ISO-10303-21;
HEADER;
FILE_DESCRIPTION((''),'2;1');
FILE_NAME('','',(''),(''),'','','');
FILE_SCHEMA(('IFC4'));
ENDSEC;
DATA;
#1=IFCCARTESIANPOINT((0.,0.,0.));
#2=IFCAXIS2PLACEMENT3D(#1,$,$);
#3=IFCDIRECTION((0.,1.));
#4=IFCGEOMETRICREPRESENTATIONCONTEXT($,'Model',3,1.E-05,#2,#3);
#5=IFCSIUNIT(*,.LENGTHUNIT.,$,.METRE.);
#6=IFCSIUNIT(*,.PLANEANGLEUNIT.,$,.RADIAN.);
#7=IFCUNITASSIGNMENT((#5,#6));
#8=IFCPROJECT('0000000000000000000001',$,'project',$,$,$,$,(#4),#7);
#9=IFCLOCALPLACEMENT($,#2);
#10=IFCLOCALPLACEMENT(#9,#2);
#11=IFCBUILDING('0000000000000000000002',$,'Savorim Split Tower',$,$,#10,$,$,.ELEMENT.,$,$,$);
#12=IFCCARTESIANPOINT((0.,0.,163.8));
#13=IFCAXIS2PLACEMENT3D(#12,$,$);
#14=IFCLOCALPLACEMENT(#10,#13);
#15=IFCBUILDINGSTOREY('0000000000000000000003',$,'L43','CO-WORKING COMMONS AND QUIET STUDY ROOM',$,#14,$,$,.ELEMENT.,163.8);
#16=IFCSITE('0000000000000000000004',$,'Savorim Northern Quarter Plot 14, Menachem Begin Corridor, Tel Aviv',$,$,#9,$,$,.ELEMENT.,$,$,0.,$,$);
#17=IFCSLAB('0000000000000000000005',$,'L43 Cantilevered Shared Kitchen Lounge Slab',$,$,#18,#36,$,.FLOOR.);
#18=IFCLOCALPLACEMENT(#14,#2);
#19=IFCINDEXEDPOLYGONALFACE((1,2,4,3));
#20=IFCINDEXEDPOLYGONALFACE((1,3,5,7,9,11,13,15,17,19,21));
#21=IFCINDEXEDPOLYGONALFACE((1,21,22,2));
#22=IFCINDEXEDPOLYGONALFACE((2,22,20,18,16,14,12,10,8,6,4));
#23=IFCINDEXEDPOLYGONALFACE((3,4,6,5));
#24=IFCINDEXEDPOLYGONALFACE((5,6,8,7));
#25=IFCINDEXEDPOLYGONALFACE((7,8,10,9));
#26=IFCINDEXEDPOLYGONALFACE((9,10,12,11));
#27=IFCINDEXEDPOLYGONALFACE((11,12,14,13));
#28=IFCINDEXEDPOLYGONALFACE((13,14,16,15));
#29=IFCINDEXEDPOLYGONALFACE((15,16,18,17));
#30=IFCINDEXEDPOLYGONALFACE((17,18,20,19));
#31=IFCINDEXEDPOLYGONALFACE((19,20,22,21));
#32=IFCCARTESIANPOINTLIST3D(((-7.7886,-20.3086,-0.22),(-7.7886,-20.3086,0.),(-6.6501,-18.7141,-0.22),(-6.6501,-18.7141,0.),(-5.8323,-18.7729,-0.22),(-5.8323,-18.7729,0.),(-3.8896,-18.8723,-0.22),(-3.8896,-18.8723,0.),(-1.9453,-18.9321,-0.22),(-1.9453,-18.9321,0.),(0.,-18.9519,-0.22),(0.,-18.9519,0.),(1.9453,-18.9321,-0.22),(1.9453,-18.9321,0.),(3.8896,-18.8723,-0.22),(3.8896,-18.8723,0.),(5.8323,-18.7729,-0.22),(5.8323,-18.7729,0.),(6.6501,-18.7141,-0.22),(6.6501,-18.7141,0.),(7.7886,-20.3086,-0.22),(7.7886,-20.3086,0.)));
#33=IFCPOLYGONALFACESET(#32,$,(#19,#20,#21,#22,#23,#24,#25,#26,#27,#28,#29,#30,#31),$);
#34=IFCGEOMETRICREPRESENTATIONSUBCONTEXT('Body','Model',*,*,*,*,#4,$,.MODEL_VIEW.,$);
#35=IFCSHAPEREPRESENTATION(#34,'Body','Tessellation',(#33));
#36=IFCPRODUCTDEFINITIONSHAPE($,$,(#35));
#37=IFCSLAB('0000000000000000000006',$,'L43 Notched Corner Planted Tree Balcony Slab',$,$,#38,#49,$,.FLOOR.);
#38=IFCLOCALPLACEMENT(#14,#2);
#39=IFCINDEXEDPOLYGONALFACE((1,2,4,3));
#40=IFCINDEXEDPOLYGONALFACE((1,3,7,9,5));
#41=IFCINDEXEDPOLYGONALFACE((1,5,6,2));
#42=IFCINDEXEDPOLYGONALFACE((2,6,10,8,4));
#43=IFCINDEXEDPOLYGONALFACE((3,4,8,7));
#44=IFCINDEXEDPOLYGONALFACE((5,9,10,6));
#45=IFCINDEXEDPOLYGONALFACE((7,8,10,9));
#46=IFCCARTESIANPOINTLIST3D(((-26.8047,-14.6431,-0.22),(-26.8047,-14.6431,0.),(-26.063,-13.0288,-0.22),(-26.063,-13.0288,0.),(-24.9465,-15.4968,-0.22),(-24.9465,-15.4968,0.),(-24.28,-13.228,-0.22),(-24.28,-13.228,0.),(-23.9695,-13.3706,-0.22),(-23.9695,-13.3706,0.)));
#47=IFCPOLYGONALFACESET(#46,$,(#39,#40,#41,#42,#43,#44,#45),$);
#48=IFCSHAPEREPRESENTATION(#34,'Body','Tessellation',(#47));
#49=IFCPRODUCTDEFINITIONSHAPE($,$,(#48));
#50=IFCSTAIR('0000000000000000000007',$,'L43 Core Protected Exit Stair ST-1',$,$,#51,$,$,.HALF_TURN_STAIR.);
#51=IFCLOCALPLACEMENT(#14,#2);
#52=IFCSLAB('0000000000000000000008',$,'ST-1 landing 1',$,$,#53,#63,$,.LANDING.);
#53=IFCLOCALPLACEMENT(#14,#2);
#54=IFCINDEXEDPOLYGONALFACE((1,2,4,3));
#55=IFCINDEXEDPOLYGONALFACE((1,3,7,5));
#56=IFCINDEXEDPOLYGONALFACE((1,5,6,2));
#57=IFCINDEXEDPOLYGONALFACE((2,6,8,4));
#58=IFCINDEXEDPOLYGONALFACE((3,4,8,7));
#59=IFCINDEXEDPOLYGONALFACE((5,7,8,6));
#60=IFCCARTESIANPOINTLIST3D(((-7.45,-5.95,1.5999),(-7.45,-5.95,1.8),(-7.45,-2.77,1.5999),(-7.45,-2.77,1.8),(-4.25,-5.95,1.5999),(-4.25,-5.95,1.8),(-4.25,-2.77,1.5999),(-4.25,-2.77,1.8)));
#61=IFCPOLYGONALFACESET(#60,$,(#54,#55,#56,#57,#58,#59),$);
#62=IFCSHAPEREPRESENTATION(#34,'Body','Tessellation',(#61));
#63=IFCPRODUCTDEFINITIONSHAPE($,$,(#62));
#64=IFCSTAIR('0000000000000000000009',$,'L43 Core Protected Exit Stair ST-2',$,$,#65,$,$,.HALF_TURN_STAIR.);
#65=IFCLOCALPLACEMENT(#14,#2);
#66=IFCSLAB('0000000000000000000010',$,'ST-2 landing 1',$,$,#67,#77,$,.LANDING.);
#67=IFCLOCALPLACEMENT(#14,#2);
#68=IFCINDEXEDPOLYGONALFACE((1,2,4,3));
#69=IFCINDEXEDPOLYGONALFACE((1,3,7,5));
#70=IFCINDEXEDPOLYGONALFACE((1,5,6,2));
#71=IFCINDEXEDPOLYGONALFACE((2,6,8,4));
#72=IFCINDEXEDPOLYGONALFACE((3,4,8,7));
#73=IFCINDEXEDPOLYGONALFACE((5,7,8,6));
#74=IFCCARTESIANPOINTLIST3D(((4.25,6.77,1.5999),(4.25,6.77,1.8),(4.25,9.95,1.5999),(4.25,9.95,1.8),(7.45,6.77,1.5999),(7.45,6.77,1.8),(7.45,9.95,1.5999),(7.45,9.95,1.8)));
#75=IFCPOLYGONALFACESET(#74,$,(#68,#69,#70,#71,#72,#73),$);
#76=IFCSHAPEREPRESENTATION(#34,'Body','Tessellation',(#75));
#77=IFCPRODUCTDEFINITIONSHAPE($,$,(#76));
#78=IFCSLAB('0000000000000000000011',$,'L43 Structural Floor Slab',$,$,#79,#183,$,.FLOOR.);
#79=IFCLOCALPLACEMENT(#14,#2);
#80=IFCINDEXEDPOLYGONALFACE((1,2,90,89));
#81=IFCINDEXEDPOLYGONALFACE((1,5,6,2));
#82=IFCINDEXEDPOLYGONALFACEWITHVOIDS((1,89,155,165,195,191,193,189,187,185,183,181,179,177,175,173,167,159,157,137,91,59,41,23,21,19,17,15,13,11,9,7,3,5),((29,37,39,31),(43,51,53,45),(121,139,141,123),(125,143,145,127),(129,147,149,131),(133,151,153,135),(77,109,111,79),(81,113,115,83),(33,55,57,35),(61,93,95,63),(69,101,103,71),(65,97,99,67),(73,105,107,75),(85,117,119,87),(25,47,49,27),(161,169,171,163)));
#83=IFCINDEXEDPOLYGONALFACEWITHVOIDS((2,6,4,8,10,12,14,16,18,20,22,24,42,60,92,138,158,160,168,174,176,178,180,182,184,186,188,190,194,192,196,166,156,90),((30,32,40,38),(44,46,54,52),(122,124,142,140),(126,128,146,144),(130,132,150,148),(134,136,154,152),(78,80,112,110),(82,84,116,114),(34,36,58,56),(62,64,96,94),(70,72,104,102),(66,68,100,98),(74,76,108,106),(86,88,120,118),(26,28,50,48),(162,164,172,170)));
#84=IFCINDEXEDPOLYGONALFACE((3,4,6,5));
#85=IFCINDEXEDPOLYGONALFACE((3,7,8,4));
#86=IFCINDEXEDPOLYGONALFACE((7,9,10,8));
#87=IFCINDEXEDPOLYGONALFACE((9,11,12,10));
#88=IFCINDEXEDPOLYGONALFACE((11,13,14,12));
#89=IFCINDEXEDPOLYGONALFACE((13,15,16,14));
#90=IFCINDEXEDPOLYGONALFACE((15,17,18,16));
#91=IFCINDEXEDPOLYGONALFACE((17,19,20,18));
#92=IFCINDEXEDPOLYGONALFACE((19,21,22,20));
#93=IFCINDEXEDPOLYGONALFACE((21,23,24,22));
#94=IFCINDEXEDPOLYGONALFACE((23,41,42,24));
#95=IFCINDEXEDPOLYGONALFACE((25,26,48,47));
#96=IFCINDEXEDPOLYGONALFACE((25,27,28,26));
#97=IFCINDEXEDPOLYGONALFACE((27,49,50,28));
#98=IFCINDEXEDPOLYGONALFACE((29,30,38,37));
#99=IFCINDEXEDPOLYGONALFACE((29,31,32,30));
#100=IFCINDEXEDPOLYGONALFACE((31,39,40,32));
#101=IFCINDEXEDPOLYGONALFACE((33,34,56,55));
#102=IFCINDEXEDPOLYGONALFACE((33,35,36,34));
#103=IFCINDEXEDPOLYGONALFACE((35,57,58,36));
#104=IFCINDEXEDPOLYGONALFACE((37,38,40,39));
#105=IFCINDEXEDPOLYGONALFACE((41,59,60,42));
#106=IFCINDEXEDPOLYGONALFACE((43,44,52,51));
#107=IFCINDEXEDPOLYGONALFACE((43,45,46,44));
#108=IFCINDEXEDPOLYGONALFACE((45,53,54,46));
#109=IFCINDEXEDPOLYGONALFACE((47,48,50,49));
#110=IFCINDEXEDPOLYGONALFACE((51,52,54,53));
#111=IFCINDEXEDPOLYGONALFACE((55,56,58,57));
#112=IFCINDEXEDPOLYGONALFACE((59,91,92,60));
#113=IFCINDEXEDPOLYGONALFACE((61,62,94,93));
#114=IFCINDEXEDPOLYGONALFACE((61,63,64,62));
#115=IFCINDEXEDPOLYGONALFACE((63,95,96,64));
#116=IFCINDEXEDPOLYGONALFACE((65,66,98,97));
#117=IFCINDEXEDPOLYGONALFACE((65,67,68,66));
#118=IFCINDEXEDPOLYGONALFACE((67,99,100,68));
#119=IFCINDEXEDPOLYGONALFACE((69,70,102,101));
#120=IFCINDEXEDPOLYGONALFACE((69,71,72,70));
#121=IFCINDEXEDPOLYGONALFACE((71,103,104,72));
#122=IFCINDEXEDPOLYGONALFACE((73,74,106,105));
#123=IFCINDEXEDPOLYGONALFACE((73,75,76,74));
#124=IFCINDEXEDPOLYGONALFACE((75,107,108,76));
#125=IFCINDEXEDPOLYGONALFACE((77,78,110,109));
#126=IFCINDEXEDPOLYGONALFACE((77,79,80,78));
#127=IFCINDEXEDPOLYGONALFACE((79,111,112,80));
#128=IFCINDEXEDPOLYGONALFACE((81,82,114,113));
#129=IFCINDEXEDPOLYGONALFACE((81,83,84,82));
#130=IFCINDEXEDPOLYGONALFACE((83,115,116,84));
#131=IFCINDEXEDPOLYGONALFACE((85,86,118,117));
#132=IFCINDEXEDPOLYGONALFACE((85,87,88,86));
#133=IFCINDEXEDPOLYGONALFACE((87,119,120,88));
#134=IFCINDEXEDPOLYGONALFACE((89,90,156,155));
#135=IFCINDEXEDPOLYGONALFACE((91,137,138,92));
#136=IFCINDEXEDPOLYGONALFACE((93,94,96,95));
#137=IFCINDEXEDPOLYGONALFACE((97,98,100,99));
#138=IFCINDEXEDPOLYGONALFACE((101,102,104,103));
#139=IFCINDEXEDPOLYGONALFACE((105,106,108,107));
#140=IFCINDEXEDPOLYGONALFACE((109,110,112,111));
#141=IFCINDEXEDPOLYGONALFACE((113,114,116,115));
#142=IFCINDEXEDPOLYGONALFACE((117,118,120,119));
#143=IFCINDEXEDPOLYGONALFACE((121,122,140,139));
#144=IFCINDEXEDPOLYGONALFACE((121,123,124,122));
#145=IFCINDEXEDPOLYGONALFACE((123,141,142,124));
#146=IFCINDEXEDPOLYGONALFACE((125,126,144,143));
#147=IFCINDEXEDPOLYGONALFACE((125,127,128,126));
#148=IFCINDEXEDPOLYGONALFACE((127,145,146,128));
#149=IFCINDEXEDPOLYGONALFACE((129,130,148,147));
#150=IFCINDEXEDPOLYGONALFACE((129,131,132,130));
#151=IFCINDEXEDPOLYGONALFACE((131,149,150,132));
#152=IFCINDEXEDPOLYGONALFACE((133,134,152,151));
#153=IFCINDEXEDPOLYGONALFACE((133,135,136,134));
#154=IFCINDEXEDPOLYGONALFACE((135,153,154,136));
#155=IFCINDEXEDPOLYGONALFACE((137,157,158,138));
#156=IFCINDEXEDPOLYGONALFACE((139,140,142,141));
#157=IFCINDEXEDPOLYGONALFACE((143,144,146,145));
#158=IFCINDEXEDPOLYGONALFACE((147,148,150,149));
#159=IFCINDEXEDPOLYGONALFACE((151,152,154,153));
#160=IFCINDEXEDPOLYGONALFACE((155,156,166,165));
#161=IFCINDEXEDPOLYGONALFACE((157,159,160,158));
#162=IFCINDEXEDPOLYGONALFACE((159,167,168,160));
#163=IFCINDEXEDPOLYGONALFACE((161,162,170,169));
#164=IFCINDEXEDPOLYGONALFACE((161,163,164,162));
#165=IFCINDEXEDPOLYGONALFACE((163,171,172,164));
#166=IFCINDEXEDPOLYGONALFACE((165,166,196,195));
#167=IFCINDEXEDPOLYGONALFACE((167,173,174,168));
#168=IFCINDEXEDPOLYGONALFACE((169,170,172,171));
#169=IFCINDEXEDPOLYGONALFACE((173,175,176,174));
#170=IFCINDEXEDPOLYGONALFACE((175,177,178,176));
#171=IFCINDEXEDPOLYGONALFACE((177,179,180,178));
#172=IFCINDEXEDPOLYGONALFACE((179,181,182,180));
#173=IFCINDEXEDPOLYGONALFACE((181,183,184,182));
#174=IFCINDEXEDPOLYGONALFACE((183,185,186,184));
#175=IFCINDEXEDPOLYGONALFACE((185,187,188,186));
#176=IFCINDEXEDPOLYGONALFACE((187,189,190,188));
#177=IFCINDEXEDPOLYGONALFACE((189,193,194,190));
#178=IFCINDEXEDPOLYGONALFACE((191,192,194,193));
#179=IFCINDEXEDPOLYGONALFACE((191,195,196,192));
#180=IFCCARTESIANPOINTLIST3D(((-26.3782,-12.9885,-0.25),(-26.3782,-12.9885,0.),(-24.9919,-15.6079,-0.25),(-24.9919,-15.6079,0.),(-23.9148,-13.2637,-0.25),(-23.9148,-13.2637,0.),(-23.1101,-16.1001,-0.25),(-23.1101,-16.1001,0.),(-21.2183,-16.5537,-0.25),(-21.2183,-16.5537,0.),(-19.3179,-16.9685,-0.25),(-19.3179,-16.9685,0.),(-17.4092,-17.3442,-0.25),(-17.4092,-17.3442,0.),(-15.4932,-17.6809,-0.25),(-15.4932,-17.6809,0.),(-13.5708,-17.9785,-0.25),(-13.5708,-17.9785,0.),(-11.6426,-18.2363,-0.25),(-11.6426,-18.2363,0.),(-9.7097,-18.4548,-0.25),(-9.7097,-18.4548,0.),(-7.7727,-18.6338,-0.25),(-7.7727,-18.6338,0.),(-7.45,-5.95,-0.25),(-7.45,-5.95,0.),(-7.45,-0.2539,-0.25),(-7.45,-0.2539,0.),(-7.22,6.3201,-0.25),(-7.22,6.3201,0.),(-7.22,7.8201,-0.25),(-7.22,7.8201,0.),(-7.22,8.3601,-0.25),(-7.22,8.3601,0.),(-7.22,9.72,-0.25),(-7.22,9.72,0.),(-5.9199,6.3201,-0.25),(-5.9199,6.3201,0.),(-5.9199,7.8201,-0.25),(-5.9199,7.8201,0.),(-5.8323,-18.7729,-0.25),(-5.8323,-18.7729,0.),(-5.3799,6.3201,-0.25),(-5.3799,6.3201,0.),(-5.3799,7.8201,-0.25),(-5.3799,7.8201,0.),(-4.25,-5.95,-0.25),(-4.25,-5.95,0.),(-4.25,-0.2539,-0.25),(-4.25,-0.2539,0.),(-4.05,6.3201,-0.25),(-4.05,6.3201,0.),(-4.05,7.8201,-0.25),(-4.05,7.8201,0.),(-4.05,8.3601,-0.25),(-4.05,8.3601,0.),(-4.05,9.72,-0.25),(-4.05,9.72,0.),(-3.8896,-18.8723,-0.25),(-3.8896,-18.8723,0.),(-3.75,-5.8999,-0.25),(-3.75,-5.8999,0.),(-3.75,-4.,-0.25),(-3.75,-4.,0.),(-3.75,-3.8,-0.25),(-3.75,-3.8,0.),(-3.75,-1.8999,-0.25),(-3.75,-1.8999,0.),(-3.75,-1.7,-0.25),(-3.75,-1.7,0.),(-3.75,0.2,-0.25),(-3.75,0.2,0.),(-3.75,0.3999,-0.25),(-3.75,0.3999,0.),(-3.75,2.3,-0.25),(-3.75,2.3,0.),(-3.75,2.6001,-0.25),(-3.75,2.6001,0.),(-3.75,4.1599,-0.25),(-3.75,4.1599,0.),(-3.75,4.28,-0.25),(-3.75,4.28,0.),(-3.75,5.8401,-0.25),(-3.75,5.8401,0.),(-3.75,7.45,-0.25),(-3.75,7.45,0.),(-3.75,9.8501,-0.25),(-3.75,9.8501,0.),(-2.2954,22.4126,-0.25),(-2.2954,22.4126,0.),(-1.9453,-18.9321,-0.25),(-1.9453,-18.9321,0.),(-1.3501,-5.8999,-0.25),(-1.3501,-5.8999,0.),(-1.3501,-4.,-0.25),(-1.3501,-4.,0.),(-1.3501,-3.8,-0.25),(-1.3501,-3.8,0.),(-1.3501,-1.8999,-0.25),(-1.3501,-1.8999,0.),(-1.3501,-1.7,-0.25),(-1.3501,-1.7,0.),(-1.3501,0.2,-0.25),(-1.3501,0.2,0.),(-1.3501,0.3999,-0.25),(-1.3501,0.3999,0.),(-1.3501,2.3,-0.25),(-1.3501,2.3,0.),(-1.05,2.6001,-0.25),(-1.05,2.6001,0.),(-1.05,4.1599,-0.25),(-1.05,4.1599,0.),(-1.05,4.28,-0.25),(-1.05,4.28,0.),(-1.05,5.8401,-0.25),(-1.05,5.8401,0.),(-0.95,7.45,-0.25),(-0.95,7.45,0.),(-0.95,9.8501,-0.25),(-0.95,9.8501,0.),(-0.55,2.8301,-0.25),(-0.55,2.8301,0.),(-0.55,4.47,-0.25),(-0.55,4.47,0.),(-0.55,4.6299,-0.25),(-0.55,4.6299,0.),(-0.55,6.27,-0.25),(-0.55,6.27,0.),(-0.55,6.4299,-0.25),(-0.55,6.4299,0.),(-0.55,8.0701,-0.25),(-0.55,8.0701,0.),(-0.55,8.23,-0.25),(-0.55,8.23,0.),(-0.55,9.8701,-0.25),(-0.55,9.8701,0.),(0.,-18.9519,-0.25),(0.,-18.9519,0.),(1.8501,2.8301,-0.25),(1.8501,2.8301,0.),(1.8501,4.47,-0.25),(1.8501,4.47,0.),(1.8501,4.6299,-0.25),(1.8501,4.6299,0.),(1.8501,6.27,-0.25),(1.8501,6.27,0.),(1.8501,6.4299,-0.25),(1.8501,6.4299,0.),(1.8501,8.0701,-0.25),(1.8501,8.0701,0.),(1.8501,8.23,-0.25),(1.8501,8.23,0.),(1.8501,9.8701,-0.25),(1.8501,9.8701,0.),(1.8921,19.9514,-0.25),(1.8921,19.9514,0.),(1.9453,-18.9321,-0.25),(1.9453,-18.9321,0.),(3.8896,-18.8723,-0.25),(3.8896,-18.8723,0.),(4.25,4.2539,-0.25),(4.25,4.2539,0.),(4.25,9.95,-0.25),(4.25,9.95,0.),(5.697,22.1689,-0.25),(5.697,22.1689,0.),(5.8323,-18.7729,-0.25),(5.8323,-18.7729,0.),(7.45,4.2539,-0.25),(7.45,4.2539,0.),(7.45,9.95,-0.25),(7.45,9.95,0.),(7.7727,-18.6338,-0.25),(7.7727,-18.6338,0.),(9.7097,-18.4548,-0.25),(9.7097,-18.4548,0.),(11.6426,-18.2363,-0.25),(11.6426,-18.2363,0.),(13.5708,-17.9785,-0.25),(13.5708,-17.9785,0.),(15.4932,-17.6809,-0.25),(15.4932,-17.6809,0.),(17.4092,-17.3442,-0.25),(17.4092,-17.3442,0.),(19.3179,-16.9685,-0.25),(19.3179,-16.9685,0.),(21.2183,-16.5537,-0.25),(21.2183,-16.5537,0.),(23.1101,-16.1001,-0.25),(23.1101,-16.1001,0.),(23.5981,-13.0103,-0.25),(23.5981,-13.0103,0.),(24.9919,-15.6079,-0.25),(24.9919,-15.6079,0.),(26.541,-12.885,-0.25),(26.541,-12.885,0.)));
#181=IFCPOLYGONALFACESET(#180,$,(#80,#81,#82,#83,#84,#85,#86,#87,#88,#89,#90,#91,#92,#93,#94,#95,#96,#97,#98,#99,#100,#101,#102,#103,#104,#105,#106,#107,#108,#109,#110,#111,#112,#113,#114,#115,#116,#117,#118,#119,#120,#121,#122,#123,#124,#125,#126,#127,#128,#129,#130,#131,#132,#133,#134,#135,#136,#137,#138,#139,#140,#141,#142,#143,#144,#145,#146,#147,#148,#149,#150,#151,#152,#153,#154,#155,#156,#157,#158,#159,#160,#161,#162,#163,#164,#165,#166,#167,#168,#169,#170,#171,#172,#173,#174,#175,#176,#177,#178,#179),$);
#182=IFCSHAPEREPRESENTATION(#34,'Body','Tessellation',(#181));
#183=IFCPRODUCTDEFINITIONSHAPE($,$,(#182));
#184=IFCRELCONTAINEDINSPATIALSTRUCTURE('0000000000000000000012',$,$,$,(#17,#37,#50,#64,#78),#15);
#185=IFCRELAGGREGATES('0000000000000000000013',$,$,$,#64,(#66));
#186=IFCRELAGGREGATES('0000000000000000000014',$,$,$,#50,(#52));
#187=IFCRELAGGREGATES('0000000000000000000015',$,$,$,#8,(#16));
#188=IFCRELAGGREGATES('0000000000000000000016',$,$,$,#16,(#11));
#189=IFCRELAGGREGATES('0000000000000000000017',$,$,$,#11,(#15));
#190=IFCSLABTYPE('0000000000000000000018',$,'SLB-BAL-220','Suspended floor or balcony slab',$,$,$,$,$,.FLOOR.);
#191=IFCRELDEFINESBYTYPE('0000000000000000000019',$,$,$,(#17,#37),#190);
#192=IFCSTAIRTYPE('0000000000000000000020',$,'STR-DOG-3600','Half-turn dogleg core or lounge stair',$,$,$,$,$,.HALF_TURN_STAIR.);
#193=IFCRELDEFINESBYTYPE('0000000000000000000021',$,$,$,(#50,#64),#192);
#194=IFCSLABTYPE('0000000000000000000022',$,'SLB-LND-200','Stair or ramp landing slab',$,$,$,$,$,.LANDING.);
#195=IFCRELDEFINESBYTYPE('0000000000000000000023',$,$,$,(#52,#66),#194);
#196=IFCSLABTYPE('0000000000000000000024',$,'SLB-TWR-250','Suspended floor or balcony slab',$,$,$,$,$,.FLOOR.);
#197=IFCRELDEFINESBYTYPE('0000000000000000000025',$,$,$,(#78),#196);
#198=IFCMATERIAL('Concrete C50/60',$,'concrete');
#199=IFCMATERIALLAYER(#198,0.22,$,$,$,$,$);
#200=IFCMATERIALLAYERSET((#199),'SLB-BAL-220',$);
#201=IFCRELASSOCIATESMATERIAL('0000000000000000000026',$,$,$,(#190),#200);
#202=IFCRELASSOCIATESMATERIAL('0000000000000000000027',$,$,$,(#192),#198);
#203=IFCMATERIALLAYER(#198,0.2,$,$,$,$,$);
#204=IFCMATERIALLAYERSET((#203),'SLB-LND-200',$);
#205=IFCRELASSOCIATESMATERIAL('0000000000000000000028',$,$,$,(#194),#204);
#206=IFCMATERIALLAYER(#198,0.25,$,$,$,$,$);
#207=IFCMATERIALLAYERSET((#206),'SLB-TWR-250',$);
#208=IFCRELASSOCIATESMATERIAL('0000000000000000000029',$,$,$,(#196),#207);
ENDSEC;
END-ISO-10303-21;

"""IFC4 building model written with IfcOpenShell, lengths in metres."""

from ifc_helpers import new_model, si_unit, direction, frame, origin, place, context, subcontext, project, spatial, polyline, outline, extrude, material, layer, layer_set, type_object, element, aggregate, save


model = new_model("IFC4")

# Units and contexts
model_context = context("Model", 3, precision=1e-05, world=origin(), true_north=direction((0.0, 1.0)))
body_context = subcontext(model_context, "Body", "Model", "MODEL_VIEW")
ifc_project = project(units=[si_unit("LENGTHUNIT", "METRE"), si_unit("PLANEANGLEUNIT", "RADIAN")], contexts=[model_context])

# Site, building, storey
site_placement = place(None, origin())
site = spatial("IfcSite", under=ifc_project, at=site_placement, Name="Savorim Northern Quarter Plot 14, Menachem Begin Corridor, Tel Aviv", CompositionType="ELEMENT", RefElevation=0.0)
building_placement = place(site_placement, origin())
building = spatial("IfcBuilding", under=site, at=building_placement, Name="Savorim Split Tower", CompositionType="ELEMENT")
storey_placement = place(building_placement, frame((0.0, 0.0, 163.8)))
storey = spatial("IfcBuildingStorey", under=building, at=storey_placement, Name="L43", Description="CO-WORKING COMMONS AND QUIET STUDY ROOM", CompositionType="ELEMENT", Elevation=163.8)

# Slabs
ifc_material_1 = material(Name="Concrete C50/60", Category="concrete")
ifc_layer_1 = layer(ifc_material_1, 0.22)
ifc_layer_set_1 = layer_set([ifc_layer_1], Name="SLB-BAL-220")
slab_type_1 = type_object("IfcSlabType", Name="SLB-BAL-220", Description="Suspended floor or balcony slab", PredefinedType="FLOOR", material=ifc_layer_set_1)
slab_1_placement = place(storey_placement, frame((0.0, 0.0, -0.22)))
element("IfcSlab", 1, at=slab_1_placement, inside=storey, type_object=slab_type_1, Name="L43 Cantilevered Shared Kitchen Lounge Slab", PredefinedType="FLOOR", context=body_context, shape_type="SweptSolid", body=[
    extrude(outline(polyline([(6.6501, -18.7141), (5.8323, -18.7729), (3.8896, -18.8723), (1.9453, -18.9321), (0.0, -18.9519), (-1.9453, -18.9321), (-3.8896, -18.8723), (-5.8323, -18.7729), (-6.6501, -18.7141), (-7.7886, -20.3086), (7.7886, -20.3086), (6.6501, -18.7141)])), origin(), (0.0, 0.0, 1.0), 0.22),
])
slab_2_placement = place(storey_placement, frame((0.0, 0.0, -0.22)))
element("IfcSlab", 2, at=slab_2_placement, inside=storey, type_object=slab_type_1, Name="L43 Notched Corner Planted Tree Balcony Slab", PredefinedType="FLOOR", context=body_context, shape_type="SweptSolid", body=[
    extrude(outline(polyline([(-24.9465, -15.4968), (-23.9695, -13.3706), (-24.28, -13.228), (-26.063, -13.0288), (-26.8047, -14.6431), (-24.9465, -15.4968)])), origin(), (0.0, 0.0, 1.0), 0.22),
])

# Stairs, slabs
stair_type = type_object("IfcStairType", Name="STR-DOG-3600", Description="Half-turn dogleg core or lounge stair", PredefinedType="HALF_TURN_STAIR", material=ifc_material_1)
stair_1_placement = place(storey_placement, origin())
stair_1 = element("IfcStair", 3, at=stair_1_placement, inside=storey, type_object=stair_type, Name="L43 Core Protected Exit Stair ST-1", PredefinedType="HALF_TURN_STAIR")
ifc_layer_2 = layer(ifc_material_1, 0.2)
ifc_layer_set_2 = layer_set([ifc_layer_2], Name="SLB-LND-200")
slab_type_2 = type_object("IfcSlabType", Name="SLB-LND-200", Description="Stair or ramp landing slab", PredefinedType="LANDING", material=ifc_layer_set_2)
slab_3_placement = place(storey_placement, frame((0.0, 0.0, 1.5999)))
slab_3 = element("IfcSlab", 4, at=slab_3_placement, type_object=slab_type_2, Name="ST-1 landing 1", PredefinedType="LANDING", context=body_context, shape_type="SweptSolid", body=[
    extrude(outline(polyline([(-7.45, -2.77), (-7.45, -5.95), (-4.25, -5.95), (-4.25, -2.77), (-7.45, -2.77)])), origin(), (0.0, 0.0, 1.0), 0.2002),
])
stair_2_placement = place(storey_placement, origin())
stair_2 = element("IfcStair", 5, at=stair_2_placement, inside=storey, type_object=stair_type, Name="L43 Core Protected Exit Stair ST-2", PredefinedType="HALF_TURN_STAIR")
slab_4_placement = place(storey_placement, frame((0.0, 0.0, 1.5999)))
slab_4 = element("IfcSlab", 6, at=slab_4_placement, type_object=slab_type_2, Name="ST-2 landing 1", PredefinedType="LANDING", context=body_context, shape_type="SweptSolid", body=[
    extrude(outline(polyline([(7.45, 6.77), (7.45, 9.95), (4.25, 9.95), (4.25, 6.77), (7.45, 6.77)])), origin(), (0.0, 0.0, 1.0), 0.2002),
])
aggregate(stair_2, [slab_4])

# Slab
ifc_layer_3 = layer(ifc_material_1, 0.25)
ifc_layer_set_3 = layer_set([ifc_layer_3], Name="SLB-TWR-250")
slab_type_3 = type_object("IfcSlabType", Name="SLB-TWR-250", Description="Suspended floor or balcony slab", PredefinedType="FLOOR", material=ifc_layer_set_3)
slab_5_placement = place(storey_placement, frame((0.0, 0.0, -0.25)))
element("IfcSlab", 7, at=slab_5_placement, inside=storey, type_object=slab_type_3, Name="L43 Structural Floor Slab", PredefinedType="FLOOR", context=body_context, shape_type="SweptSolid", body=[
    extrude(outline(polyline([(-24.9919, -15.6079), (-23.1101, -16.1001), (-21.2183, -16.5537), (-19.3179, -16.9685), (-17.4092, -17.3442), (-15.4932, -17.6809), (-13.5708, -17.9785), (-11.6426, -18.2363), (-9.7097, -18.4548), (-7.7727, -18.6338), (-5.8323, -18.7729), (-3.8896, -18.8723), (-1.9453, -18.9321), (0.0, -18.9519), (1.9453, -18.9321), (3.8896, -18.8723), (5.8323, -18.7729), (7.7727, -18.6338), (9.7097, -18.4548), (11.6426, -18.2363), (13.5708, -17.9785), (15.4932, -17.6809), (17.4092, -17.3442), (19.3179, -16.9685), (21.2183, -16.5537), (23.1101, -16.1001), (24.9919, -15.6079), (23.5981, -13.0103), (26.541, -12.885), (5.697, 22.1689), (1.8921, 19.9514), (-2.2954, 22.4126), (-26.3782, -12.9885), (-23.9148, -13.2637), (-24.9919, -15.6079)]), holes=[polyline([(-7.45, -0.2539), (-7.45, -5.95), (-4.25, -5.95), (-4.25, -0.2539), (-7.45, -0.2539)]), polyline([(7.45, 4.2539), (7.45, 9.95), (4.25, 9.95), (4.25, 4.2539), (7.45, 4.2539)]), polyline([(-3.75, -5.8999), (-1.3501, -5.8999), (-1.3501, -4.0), (-3.75, -4.0), (-3.75, -5.8999)]), polyline([(-3.75, -3.8), (-1.3501, -3.8), (-1.3501, -1.8999), (-3.75, -1.8999), (-3.75, -3.8)]), polyline([(-3.75, -1.7), (-1.3501, -1.7), (-1.3501, 0.2), (-3.75, 0.2), (-3.75, -1.7)]), polyline([(-3.75, 0.3999), (-1.3501, 0.3999), (-1.3501, 2.3), (-3.75, 2.3), (-3.75, 0.3999)]), polyline([(-0.55, 2.8301), (1.8501, 2.8301), (1.8501, 4.47), (-0.55, 4.47), (-0.55, 2.8301)]), polyline([(-0.55, 4.6299), (1.8501, 4.6299), (1.8501, 6.27), (-0.55, 6.27), (-0.55, 4.6299)]), polyline([(-0.55, 6.4299), (1.8501, 6.4299), (1.8501, 8.0701), (-0.55, 8.0701), (-0.55, 6.4299)]), polyline([(-0.55, 8.23), (1.8501, 8.23), (1.8501, 9.8701), (-0.55, 9.8701), (-0.55, 8.23)]), polyline([(-3.75, 2.6001), (-1.05, 2.6001), (-1.05, 4.1599), (-3.75, 4.1599), (-3.75, 2.6001)]), polyline([(-3.75, 4.28), (-1.05, 4.28), (-1.05, 5.8401), (-3.75, 5.8401), (-3.75, 4.28)]), polyline([(-3.75, 7.45), (-0.95, 7.45), (-0.95, 9.8501), (-3.75, 9.8501), (-3.75, 7.45)]), polyline([(-7.22, 6.3201), (-5.9199, 6.3201), (-5.9199, 7.8201), (-7.22, 7.8201), (-7.22, 6.3201)]), polyline([(-5.3799, 6.3201), (-4.05, 6.3201), (-4.05, 7.8201), (-5.3799, 7.8201), (-5.3799, 6.3201)]), polyline([(-7.22, 8.3601), (-4.05, 8.3601), (-4.05, 9.72), (-7.22, 9.72), (-7.22, 8.3601)])]), origin(), (0.0, 0.0, 1.0), 0.25),
])

aggregate(stair_1, [slab_3])

save(model, "model.ifc")
